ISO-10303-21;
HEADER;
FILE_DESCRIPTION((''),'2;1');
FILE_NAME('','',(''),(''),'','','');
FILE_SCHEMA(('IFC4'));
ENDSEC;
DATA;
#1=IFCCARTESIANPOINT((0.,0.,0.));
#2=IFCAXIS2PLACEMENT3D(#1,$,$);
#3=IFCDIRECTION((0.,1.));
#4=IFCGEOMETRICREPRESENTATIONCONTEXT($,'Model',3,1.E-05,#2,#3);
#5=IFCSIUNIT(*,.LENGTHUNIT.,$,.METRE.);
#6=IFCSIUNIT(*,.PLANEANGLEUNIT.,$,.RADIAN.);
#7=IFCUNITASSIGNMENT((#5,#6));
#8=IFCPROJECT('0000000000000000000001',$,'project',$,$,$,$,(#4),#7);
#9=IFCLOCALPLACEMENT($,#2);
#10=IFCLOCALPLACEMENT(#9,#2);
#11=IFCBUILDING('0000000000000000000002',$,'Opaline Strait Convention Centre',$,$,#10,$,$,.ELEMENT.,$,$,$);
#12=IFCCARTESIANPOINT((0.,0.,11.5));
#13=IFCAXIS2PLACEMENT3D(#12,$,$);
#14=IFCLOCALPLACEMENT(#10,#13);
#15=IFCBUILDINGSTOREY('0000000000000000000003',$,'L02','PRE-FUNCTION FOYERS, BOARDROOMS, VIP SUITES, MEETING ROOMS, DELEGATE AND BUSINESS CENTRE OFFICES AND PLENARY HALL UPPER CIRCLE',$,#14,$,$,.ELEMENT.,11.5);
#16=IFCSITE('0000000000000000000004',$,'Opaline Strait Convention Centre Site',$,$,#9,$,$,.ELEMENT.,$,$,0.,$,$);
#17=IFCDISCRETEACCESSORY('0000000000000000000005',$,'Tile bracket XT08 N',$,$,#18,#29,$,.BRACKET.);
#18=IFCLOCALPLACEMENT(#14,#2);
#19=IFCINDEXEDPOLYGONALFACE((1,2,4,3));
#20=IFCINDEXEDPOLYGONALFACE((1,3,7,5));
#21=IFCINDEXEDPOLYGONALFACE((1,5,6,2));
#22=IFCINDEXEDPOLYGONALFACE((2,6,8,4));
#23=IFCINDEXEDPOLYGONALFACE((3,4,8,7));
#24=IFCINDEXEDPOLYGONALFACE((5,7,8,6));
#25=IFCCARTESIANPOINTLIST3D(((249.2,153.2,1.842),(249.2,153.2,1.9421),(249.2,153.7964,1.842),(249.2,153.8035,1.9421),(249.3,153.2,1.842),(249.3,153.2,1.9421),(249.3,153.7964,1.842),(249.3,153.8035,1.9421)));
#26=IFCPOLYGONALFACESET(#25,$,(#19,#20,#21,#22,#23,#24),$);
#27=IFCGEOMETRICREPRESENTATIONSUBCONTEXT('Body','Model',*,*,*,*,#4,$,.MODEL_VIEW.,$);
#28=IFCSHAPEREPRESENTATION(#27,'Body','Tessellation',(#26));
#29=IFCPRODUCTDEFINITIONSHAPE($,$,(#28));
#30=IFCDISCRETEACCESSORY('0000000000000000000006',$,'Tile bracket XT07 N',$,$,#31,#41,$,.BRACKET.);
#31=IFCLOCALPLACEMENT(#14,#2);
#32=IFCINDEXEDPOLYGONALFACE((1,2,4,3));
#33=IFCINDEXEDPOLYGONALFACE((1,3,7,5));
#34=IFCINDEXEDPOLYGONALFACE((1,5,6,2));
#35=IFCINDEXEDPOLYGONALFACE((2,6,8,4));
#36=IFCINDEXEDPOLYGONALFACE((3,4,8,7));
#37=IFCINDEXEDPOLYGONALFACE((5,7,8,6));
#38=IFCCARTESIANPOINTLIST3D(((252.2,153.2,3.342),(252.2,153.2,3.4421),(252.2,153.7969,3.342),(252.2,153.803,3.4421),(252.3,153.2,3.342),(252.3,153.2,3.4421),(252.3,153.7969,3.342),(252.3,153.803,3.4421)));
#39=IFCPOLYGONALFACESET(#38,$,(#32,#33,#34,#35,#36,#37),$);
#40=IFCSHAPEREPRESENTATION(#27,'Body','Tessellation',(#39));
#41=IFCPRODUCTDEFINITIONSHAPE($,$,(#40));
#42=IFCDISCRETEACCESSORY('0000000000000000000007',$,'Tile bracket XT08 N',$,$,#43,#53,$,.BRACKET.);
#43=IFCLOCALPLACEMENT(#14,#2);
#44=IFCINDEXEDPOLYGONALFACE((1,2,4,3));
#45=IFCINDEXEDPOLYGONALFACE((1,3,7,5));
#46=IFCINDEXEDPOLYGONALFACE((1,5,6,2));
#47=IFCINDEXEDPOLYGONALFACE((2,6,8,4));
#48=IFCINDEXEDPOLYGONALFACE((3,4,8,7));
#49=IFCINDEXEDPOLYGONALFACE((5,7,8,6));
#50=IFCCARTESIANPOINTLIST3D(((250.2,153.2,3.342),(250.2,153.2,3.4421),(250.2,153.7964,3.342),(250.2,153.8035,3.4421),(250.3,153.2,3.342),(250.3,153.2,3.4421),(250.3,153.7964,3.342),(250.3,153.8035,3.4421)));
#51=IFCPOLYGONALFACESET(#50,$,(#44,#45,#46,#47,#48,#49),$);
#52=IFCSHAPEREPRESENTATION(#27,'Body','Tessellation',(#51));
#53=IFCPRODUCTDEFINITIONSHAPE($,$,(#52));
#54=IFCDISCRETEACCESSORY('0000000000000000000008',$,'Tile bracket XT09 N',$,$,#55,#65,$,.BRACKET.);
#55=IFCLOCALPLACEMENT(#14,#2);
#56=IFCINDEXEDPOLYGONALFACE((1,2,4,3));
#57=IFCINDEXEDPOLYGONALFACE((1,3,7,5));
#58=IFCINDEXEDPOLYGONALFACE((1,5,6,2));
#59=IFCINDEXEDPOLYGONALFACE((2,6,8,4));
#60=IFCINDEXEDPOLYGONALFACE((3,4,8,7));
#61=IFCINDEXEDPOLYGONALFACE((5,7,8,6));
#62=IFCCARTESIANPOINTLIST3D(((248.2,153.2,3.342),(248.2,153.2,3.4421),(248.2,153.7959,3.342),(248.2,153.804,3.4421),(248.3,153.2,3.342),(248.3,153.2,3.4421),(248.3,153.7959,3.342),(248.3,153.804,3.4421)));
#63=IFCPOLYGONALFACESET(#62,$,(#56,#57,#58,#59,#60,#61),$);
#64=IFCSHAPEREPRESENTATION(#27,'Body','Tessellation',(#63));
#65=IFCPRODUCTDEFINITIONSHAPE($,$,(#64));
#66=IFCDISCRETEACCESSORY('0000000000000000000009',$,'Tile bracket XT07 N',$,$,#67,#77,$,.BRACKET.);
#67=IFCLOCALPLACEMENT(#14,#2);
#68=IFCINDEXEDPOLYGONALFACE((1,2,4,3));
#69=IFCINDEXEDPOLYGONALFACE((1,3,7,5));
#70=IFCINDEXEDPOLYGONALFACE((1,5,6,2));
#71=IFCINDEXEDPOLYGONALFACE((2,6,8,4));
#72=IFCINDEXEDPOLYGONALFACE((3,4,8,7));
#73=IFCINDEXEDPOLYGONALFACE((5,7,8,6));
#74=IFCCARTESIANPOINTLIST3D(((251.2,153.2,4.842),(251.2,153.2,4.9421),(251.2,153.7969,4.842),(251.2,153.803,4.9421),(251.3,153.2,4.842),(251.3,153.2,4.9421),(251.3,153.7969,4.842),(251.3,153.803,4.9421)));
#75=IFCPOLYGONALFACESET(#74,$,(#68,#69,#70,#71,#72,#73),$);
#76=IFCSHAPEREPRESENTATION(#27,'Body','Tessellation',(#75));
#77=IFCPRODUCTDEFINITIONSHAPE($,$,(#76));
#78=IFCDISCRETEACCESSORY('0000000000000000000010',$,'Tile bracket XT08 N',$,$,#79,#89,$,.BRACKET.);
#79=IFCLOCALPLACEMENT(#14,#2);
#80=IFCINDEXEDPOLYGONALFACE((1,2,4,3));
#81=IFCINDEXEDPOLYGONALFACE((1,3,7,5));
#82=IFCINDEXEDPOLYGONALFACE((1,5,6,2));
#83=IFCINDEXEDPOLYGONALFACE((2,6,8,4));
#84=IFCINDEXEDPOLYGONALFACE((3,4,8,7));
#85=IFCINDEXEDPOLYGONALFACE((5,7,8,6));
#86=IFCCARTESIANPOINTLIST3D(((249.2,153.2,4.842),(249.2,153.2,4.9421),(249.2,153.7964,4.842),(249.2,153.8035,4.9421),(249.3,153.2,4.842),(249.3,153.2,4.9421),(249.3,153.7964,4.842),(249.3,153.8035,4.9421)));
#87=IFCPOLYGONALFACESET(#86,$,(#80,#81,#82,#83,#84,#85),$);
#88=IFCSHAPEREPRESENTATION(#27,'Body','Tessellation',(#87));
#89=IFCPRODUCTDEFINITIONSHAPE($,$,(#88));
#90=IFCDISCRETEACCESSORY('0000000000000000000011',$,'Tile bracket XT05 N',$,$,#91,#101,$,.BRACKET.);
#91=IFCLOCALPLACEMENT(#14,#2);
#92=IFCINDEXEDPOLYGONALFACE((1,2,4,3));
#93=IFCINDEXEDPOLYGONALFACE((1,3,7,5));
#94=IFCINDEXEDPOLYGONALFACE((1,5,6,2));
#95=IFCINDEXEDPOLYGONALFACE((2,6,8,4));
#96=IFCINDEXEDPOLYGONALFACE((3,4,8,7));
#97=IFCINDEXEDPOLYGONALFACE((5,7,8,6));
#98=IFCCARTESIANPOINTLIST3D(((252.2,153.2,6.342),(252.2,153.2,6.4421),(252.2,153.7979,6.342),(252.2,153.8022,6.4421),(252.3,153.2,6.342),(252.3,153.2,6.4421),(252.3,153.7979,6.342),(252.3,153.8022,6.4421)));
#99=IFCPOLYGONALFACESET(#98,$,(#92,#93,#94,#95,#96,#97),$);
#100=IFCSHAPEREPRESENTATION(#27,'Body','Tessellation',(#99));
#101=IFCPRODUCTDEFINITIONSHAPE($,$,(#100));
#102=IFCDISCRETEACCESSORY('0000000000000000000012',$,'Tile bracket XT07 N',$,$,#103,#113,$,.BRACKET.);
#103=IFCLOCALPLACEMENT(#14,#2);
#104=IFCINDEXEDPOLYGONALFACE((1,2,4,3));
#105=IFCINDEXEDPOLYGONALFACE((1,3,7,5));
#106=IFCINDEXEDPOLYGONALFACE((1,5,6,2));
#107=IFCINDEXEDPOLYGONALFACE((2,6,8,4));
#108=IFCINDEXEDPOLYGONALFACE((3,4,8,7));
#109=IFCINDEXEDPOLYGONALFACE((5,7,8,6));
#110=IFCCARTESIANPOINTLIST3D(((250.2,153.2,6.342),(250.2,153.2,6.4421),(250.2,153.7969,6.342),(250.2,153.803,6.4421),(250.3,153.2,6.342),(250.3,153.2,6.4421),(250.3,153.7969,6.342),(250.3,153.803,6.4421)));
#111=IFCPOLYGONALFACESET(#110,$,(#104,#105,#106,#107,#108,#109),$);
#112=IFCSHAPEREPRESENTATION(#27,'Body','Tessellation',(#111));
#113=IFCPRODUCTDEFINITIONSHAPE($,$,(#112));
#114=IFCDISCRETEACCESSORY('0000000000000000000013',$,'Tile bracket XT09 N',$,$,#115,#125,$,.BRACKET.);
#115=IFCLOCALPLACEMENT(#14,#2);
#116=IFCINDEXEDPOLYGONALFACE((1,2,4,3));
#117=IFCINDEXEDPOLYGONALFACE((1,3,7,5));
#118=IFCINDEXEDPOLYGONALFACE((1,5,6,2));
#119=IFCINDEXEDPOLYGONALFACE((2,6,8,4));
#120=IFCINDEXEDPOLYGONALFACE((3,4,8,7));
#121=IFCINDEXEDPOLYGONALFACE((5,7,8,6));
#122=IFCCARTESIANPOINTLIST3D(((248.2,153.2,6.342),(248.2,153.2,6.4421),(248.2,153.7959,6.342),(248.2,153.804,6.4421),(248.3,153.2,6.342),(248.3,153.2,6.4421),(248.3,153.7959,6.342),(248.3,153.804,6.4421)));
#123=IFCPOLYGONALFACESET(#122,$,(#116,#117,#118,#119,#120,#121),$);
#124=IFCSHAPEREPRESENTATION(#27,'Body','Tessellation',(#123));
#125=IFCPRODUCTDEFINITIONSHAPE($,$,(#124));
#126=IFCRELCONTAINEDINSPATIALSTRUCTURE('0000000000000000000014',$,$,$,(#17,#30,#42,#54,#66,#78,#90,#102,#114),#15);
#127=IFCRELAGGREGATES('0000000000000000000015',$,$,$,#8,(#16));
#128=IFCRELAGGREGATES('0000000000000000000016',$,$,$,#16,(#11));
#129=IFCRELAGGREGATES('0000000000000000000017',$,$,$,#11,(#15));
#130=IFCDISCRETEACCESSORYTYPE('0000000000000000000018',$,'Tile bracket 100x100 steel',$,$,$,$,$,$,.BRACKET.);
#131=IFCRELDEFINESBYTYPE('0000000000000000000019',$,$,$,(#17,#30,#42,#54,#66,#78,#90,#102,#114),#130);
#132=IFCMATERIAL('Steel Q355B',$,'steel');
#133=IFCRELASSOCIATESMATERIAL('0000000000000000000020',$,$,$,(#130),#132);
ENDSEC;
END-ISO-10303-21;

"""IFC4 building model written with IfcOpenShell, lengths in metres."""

from ifc_helpers import new_model, si_unit, direction, frame, origin, place, context, subcontext, project, spatial, polyline, outline, extrude, material, type_object, element, save


model = new_model("IFC4")

# Units and contexts
model_context = context("Model", 3, precision=1e-05, world=origin(), true_north=direction((0.0, 1.0)))
body_context = subcontext(model_context, "Body", "Model", "MODEL_VIEW")
ifc_project = project(units=[si_unit("LENGTHUNIT", "METRE"), si_unit("PLANEANGLEUNIT", "RADIAN")], contexts=[model_context])

# Site, building, storey
site_placement = place(None, origin())
site = spatial("IfcSite", under=ifc_project, at=site_placement, Name="Opaline Strait Convention Centre Site", CompositionType="ELEMENT", RefElevation=0.0)
building_placement = place(site_placement, origin())
building = spatial("IfcBuilding", under=site, at=building_placement, Name="Opaline Strait Convention Centre", CompositionType="ELEMENT")
storey_placement = place(building_placement, frame((0.0, 0.0, 11.5)))
storey = spatial("IfcBuildingStorey", under=building, at=storey_placement, Name="L02", Description="PRE-FUNCTION FOYERS, BOARDROOMS, VIP SUITES, MEETING ROOMS, DELEGATE AND BUSINESS CENTRE OFFICES AND PLENARY HALL UPPER CIRCLE", CompositionType="ELEMENT", Elevation=11.5)

# Discrete accessories
ifc_material_1 = material(Name="Steel Q355B", Category="steel")
discrete_accessory_type = type_object("IfcDiscreteAccessoryType", Name="Tile bracket 100x100 steel", PredefinedType="BRACKET", material=ifc_material_1)
for number, where, z_axis, x_axis, name in (
    (1, (249.3, 153.2, 1.8921), (-1.0, 0.0, 0.0), (0.0, -1.0, 0.0), "Tile bracket XT08 N"),
):
    element("IfcDiscreteAccessory", number, at=place(storey_placement, frame(where, z_axis=z_axis, x_axis=x_axis)), inside=storey, type_object=discrete_accessory_type, Name=name, PredefinedType="BRACKET", context=body_context, shape_type="SweptSolid", body=[
        extrude(outline(polyline([(0.0, -0.05), (0.0, 0.05), (-0.6035, 0.05), (-0.5964, -0.05), (0.0, -0.05)])), origin(), (0.0, 0.0, 1.0), 0.1001),
    ])
discrete_accessory_1_placement = place(storey_placement, frame((252.3, 153.2, 3.3921), z_axis=(-1.0, 0.0, 0.0), x_axis=(0.0, -1.0, 0.0)))
element("IfcDiscreteAccessory", 2, at=discrete_accessory_1_placement, inside=storey, type_object=discrete_accessory_type, Name="Tile bracket XT07 N", PredefinedType="BRACKET", context=body_context, shape_type="SweptSolid", body=[
    extrude(outline(polyline([(0.0, -0.05), (0.0, 0.05), (-0.603, 0.05), (-0.5969, -0.05), (0.0, -0.05)])), origin(), (0.0, 0.0, 1.0), 0.1001),
])
discrete_accessory_2_placement = place(storey_placement, frame((250.3, 153.2, 3.3921), z_axis=(-1.0, 0.0, 0.0), x_axis=(0.0, -1.0, 0.0)))
element("IfcDiscreteAccessory", 3, at=discrete_accessory_2_placement, inside=storey, type_object=discrete_accessory_type, Name="Tile bracket XT08 N", PredefinedType="BRACKET", context=body_context, shape_type="SweptSolid", body=[
    extrude(outline(polyline([(0.0, -0.05), (0.0, 0.05), (-0.6035, 0.05), (-0.5964, -0.05), (0.0, -0.05)])), origin(), (0.0, 0.0, 1.0), 0.1001),
])
discrete_accessory_3_placement = place(storey_placement, frame((248.3, 153.2, 3.3921), z_axis=(-1.0, 0.0, 0.0), x_axis=(0.0, -1.0, 0.0)))
element("IfcDiscreteAccessory", 4, at=discrete_accessory_3_placement, inside=storey, type_object=discrete_accessory_type, Name="Tile bracket XT09 N", PredefinedType="BRACKET", context=body_context, shape_type="SweptSolid", body=[
    extrude(outline(polyline([(0.0, -0.05), (0.0, 0.05), (-0.604, 0.05), (-0.5959, -0.05), (0.0, -0.05)])), origin(), (0.0, 0.0, 1.0), 0.1001),
])
discrete_accessory_4_placement = place(storey_placement, frame((251.3, 153.2, 4.8921), z_axis=(-1.0, 0.0, 0.0), x_axis=(0.0, -1.0, 0.0)))
element("IfcDiscreteAccessory", 5, at=discrete_accessory_4_placement, inside=storey, type_object=discrete_accessory_type, Name="Tile bracket XT07 N", PredefinedType="BRACKET", context=body_context, shape_type="SweptSolid", body=[
    extrude(outline(polyline([(0.0, -0.05), (0.0, 0.05), (-0.603, 0.05), (-0.5969, -0.05), (0.0, -0.05)])), origin(), (0.0, 0.0, 1.0), 0.1001),
])
discrete_accessory_5_placement = place(storey_placement, frame((249.3, 153.2, 4.8921), z_axis=(-1.0, 0.0, 0.0), x_axis=(0.0, -1.0, 0.0)))
element("IfcDiscreteAccessory", 6, at=discrete_accessory_5_placement, inside=storey, type_object=discrete_accessory_type, Name="Tile bracket XT08 N", PredefinedType="BRACKET", context=body_context, shape_type="SweptSolid", body=[
    extrude(outline(polyline([(0.0, -0.05), (0.0, 0.05), (-0.6035, 0.05), (-0.5964, -0.05), (0.0, -0.05)])), origin(), (0.0, 0.0, 1.0), 0.1001),
])
discrete_accessory_6_placement = place(storey_placement, frame((252.3, 153.2, 6.3921), z_axis=(-1.0, 0.0, 0.0), x_axis=(0.0, -1.0, 0.0)))
element("IfcDiscreteAccessory", 7, at=discrete_accessory_6_placement, inside=storey, type_object=discrete_accessory_type, Name="Tile bracket XT05 N", PredefinedType="BRACKET", context=body_context, shape_type="SweptSolid", body=[
    extrude(outline(polyline([(0.0, -0.05), (0.0, 0.05), (-0.6023, 0.05), (-0.5979, -0.05), (0.0, -0.05)])), origin(), (0.0, 0.0, 1.0), 0.1001),
])
discrete_accessory_7_placement = place(storey_placement, frame((250.3, 153.2, 6.3921), z_axis=(-1.0, 0.0, 0.0), x_axis=(0.0, -1.0, 0.0)))
element("IfcDiscreteAccessory", 8, at=discrete_accessory_7_placement, inside=storey, type_object=discrete_accessory_type, Name="Tile bracket XT07 N", PredefinedType="BRACKET", context=body_context, shape_type="SweptSolid", body=[
    extrude(outline(polyline([(0.0, -0.05), (0.0, 0.05), (-0.603, 0.05), (-0.5969, -0.05), (0.0, -0.05)])), origin(), (0.0, 0.0, 1.0), 0.1001),
])
discrete_accessory_8_placement = place(storey_placement, frame((248.3, 153.2, 6.3921), z_axis=(-1.0, 0.0, 0.0), x_axis=(0.0, -1.0, 0.0)))
element("IfcDiscreteAccessory", 9, at=discrete_accessory_8_placement, inside=storey, type_object=discrete_accessory_type, Name="Tile bracket XT09 N", PredefinedType="BRACKET", context=body_context, shape_type="SweptSolid", body=[
    extrude(outline(polyline([(0.0, -0.05), (0.0, 0.05), (-0.604, 0.05), (-0.5959, -0.05), (0.0, -0.05)])), origin(), (0.0, 0.0, 1.0), 0.1001),
])

save(model, "model.ifc")
